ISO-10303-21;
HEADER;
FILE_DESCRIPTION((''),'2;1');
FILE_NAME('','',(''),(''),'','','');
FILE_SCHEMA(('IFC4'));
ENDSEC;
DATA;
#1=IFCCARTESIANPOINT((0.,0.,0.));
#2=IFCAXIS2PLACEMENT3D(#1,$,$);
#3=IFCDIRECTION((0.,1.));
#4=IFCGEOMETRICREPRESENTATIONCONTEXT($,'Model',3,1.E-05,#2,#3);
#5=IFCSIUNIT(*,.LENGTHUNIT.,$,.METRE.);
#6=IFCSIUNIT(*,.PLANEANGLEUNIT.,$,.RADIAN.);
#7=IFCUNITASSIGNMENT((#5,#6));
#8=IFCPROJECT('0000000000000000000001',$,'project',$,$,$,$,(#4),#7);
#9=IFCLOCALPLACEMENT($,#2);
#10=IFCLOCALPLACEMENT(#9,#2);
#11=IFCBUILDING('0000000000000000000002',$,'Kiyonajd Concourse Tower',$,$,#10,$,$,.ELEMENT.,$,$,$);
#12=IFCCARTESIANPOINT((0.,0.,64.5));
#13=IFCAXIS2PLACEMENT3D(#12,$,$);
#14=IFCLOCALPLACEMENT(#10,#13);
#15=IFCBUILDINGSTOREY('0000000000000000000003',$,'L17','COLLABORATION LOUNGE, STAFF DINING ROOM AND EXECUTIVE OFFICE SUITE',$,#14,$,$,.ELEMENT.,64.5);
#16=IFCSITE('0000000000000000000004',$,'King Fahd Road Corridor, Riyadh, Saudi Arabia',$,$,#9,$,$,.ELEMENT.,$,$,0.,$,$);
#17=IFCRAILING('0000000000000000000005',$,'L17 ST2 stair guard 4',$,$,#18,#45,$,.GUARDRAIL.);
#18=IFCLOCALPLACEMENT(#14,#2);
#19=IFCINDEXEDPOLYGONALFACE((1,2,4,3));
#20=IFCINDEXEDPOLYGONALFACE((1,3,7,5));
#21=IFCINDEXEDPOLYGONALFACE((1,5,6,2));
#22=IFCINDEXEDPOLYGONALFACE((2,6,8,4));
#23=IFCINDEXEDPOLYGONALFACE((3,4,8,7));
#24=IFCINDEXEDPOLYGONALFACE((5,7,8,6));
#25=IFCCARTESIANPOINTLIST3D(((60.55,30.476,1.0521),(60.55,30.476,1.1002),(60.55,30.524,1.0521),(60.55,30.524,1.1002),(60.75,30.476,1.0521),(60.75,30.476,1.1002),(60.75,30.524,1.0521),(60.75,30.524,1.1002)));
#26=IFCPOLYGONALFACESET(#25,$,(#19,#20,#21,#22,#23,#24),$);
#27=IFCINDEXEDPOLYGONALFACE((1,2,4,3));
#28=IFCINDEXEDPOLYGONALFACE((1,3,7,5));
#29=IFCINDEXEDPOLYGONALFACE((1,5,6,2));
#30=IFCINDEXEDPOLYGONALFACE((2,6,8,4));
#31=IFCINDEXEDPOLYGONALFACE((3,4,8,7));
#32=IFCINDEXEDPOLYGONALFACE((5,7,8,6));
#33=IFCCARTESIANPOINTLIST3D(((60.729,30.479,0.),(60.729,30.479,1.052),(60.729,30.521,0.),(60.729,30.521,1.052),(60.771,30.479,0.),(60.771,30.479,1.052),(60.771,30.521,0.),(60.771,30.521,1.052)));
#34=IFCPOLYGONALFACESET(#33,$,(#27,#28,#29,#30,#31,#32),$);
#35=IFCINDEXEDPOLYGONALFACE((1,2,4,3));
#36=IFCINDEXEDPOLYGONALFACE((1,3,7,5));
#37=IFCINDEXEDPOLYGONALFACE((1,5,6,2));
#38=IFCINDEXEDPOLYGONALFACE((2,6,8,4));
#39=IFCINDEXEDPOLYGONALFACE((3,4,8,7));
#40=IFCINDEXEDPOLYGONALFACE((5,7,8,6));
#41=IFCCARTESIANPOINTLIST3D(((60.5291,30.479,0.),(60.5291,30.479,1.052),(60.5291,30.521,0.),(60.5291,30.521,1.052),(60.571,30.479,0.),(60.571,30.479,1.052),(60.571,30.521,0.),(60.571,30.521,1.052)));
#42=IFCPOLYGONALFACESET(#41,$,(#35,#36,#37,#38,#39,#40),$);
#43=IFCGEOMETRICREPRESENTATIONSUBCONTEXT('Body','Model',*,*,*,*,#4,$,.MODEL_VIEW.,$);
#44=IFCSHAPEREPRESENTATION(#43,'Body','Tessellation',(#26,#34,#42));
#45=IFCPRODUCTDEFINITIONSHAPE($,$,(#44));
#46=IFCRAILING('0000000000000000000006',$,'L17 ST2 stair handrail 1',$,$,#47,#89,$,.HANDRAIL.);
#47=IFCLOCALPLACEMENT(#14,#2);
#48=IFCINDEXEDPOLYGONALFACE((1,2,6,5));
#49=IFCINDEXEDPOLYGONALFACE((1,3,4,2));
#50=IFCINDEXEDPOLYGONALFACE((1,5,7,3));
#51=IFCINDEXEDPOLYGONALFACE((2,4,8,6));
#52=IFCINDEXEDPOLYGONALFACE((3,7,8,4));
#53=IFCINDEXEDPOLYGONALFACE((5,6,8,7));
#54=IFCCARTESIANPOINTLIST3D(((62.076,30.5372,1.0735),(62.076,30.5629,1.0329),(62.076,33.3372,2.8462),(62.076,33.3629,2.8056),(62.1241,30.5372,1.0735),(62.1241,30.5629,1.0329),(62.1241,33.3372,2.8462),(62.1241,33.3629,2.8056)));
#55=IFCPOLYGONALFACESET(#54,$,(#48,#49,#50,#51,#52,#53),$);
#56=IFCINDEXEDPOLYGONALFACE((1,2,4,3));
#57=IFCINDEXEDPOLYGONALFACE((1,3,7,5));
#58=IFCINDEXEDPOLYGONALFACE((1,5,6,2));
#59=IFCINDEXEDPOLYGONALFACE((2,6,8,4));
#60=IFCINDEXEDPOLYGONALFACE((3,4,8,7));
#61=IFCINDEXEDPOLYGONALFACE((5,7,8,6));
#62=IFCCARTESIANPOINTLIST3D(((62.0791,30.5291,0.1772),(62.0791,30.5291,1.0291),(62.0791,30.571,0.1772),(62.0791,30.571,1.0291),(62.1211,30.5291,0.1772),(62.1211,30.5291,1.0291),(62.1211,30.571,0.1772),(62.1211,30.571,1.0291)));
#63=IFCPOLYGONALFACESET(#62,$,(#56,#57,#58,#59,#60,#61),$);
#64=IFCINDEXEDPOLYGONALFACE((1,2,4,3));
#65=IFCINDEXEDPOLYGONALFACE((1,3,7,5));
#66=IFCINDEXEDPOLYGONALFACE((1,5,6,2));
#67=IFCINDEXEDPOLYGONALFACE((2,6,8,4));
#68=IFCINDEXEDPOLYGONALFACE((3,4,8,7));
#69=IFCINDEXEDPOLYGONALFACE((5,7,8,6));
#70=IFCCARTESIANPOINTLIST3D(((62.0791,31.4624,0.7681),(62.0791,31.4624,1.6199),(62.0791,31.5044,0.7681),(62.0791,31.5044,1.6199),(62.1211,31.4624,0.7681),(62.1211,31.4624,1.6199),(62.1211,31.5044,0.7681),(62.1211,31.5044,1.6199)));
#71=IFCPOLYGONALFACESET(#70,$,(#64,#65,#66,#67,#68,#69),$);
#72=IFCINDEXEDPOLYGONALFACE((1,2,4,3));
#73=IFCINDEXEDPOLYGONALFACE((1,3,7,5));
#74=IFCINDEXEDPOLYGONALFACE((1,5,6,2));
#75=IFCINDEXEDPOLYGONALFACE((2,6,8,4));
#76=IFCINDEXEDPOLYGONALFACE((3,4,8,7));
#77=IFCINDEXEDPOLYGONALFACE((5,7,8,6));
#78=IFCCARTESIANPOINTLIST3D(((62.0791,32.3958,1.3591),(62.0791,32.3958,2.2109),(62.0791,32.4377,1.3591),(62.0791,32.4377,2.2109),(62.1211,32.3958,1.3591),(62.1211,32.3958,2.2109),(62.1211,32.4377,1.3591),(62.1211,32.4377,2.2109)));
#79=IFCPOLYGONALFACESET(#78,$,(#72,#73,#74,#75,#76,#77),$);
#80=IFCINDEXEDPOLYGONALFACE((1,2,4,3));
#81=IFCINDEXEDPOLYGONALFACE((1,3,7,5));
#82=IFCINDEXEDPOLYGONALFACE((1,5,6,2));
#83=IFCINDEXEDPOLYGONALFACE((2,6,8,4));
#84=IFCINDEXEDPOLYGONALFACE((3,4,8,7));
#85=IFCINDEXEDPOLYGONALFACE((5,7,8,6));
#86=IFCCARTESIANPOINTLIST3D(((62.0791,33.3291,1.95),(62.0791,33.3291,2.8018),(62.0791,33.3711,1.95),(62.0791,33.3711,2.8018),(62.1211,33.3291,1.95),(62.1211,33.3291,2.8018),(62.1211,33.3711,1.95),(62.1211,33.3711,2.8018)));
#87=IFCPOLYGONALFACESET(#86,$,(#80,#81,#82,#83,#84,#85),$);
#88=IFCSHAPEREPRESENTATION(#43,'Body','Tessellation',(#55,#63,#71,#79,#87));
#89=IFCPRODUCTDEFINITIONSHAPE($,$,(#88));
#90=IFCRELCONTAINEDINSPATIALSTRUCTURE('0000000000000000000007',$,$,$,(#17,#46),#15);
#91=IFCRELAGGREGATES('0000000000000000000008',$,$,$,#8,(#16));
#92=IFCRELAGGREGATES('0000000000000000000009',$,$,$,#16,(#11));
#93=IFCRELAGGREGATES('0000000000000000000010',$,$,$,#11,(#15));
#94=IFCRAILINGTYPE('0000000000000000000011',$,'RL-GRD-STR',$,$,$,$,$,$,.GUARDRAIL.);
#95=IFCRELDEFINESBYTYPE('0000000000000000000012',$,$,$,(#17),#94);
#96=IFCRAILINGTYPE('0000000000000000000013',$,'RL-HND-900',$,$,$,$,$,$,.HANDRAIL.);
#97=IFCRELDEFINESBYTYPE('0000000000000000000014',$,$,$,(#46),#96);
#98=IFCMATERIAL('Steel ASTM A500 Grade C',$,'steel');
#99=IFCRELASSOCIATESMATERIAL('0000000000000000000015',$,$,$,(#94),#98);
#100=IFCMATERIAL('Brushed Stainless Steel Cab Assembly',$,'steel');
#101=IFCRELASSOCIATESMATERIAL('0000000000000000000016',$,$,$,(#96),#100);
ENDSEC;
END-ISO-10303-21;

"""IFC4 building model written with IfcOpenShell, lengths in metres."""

from ifc_helpers import new_model, si_unit, direction, frame, origin, origin_2d, place, context, subcontext, project, spatial, rectangle, extrude, material, type_object, element, save


model = new_model("IFC4")

# Units and contexts
model_context = context("Model", 3, precision=1e-05, world=origin(), true_north=direction((0.0, 1.0)))
body_context = subcontext(model_context, "Body", "Model", "MODEL_VIEW")
ifc_project = project(units=[si_unit("LENGTHUNIT", "METRE"), si_unit("PLANEANGLEUNIT", "RADIAN")], contexts=[model_context])

# Site, building, storey
site_placement = place(None, origin())
site = spatial("IfcSite", under=ifc_project, at=site_placement, Name="King Fahd Road Corridor, Riyadh, Saudi Arabia", CompositionType="ELEMENT", RefElevation=0.0)
building_placement = place(site_placement, origin())
building = spatial("IfcBuilding", under=site, at=building_placement, Name="Kiyonajd Concourse Tower", CompositionType="ELEMENT")
storey_placement = place(building_placement, frame((0.0, 0.0, 64.5)))
storey = spatial("IfcBuildingStorey", under=building, at=storey_placement, Name="L17", Description="COLLABORATION LOUNGE, STAFF DINING ROOM AND EXECUTIVE OFFICE SUITE", CompositionType="ELEMENT", Elevation=64.5)

# Railings
ifc_material_1 = material(Name="Steel ASTM A500 Grade C", Category="steel")
railing_type_1 = type_object("IfcRailingType", Name="RL-GRD-STR", PredefinedType="GUARDRAIL", material=ifc_material_1)
railing_1_placement = place(storey_placement, frame((60.75, 30.5, 0.0)))
element("IfcRailing", 1, at=railing_1_placement, inside=storey, type_object=railing_type_1, Name="L17 ST2 stair guard 4", PredefinedType="GUARDRAIL", context=body_context, shape_type="SweptSolid", body=[
    extrude(rectangle(XDim=0.0481, YDim=0.0481, at=origin_2d()), frame((0.0, 0.0, 1.0762), z_axis=(-1.0, 0.0, 0.0), x_axis=(0.0, -1.0, 0.0)), (0.0, 0.0, 1.0), 0.2),
    extrude(rectangle(XDim=0.042, YDim=0.042, at=origin_2d()), origin(), (0.0, 0.0, 1.0), 1.052),
    extrude(rectangle(XDim=0.042, YDim=0.042, at=origin_2d()), frame((-0.2, 0.0, 0.0)), (0.0, 0.0, 1.0), 1.052),
])
ifc_material_2 = material(Name="Brushed Stainless Steel Cab Assembly", Category="steel")
railing_type_2 = type_object("IfcRailingType", Name="RL-HND-900", PredefinedType="HANDRAIL", material=ifc_material_2)
railing_2_placement = place(storey_placement, frame((62.1001, 30.55, 0.1772)))
element("IfcRailing", 2, at=railing_2_placement, inside=storey, type_object=railing_type_2, Name="L17 ST2 stair handrail 1", PredefinedType="HANDRAIL", context=body_context, shape_type="SweptSolid", body=[
    extrude(rectangle(XDim=0.0481, YDim=0.0481, at=origin_2d()), frame((0.0, 0.0, 0.876), z_axis=(0.0, 0.844909, 0.53491), x_axis=(-1.0, 0.0, 0.0)), (0.0, 0.0, 1.0), 3.314),
    extrude(rectangle(XDim=0.042, YDim=0.042, at=origin_2d()), origin(), (0.0, 0.0, 1.0), 0.8518),
    extrude(rectangle(XDim=0.042, YDim=0.042, at=origin_2d()), frame((0.0, 0.9333, 0.5908)), (0.0, 0.0, 1.0), 0.8518),
    extrude(rectangle(XDim=0.042, YDim=0.042, at=origin_2d()), frame((0.0, 1.8667, 1.1819)), (0.0, 0.0, 1.0), 0.8518),
    extrude(rectangle(XDim=0.042, YDim=0.042, at=origin_2d()), frame((0.0, 2.8, 1.7727)), (0.0, 0.0, 1.0), 0.8518),
])

save(model, "model.ifc")
